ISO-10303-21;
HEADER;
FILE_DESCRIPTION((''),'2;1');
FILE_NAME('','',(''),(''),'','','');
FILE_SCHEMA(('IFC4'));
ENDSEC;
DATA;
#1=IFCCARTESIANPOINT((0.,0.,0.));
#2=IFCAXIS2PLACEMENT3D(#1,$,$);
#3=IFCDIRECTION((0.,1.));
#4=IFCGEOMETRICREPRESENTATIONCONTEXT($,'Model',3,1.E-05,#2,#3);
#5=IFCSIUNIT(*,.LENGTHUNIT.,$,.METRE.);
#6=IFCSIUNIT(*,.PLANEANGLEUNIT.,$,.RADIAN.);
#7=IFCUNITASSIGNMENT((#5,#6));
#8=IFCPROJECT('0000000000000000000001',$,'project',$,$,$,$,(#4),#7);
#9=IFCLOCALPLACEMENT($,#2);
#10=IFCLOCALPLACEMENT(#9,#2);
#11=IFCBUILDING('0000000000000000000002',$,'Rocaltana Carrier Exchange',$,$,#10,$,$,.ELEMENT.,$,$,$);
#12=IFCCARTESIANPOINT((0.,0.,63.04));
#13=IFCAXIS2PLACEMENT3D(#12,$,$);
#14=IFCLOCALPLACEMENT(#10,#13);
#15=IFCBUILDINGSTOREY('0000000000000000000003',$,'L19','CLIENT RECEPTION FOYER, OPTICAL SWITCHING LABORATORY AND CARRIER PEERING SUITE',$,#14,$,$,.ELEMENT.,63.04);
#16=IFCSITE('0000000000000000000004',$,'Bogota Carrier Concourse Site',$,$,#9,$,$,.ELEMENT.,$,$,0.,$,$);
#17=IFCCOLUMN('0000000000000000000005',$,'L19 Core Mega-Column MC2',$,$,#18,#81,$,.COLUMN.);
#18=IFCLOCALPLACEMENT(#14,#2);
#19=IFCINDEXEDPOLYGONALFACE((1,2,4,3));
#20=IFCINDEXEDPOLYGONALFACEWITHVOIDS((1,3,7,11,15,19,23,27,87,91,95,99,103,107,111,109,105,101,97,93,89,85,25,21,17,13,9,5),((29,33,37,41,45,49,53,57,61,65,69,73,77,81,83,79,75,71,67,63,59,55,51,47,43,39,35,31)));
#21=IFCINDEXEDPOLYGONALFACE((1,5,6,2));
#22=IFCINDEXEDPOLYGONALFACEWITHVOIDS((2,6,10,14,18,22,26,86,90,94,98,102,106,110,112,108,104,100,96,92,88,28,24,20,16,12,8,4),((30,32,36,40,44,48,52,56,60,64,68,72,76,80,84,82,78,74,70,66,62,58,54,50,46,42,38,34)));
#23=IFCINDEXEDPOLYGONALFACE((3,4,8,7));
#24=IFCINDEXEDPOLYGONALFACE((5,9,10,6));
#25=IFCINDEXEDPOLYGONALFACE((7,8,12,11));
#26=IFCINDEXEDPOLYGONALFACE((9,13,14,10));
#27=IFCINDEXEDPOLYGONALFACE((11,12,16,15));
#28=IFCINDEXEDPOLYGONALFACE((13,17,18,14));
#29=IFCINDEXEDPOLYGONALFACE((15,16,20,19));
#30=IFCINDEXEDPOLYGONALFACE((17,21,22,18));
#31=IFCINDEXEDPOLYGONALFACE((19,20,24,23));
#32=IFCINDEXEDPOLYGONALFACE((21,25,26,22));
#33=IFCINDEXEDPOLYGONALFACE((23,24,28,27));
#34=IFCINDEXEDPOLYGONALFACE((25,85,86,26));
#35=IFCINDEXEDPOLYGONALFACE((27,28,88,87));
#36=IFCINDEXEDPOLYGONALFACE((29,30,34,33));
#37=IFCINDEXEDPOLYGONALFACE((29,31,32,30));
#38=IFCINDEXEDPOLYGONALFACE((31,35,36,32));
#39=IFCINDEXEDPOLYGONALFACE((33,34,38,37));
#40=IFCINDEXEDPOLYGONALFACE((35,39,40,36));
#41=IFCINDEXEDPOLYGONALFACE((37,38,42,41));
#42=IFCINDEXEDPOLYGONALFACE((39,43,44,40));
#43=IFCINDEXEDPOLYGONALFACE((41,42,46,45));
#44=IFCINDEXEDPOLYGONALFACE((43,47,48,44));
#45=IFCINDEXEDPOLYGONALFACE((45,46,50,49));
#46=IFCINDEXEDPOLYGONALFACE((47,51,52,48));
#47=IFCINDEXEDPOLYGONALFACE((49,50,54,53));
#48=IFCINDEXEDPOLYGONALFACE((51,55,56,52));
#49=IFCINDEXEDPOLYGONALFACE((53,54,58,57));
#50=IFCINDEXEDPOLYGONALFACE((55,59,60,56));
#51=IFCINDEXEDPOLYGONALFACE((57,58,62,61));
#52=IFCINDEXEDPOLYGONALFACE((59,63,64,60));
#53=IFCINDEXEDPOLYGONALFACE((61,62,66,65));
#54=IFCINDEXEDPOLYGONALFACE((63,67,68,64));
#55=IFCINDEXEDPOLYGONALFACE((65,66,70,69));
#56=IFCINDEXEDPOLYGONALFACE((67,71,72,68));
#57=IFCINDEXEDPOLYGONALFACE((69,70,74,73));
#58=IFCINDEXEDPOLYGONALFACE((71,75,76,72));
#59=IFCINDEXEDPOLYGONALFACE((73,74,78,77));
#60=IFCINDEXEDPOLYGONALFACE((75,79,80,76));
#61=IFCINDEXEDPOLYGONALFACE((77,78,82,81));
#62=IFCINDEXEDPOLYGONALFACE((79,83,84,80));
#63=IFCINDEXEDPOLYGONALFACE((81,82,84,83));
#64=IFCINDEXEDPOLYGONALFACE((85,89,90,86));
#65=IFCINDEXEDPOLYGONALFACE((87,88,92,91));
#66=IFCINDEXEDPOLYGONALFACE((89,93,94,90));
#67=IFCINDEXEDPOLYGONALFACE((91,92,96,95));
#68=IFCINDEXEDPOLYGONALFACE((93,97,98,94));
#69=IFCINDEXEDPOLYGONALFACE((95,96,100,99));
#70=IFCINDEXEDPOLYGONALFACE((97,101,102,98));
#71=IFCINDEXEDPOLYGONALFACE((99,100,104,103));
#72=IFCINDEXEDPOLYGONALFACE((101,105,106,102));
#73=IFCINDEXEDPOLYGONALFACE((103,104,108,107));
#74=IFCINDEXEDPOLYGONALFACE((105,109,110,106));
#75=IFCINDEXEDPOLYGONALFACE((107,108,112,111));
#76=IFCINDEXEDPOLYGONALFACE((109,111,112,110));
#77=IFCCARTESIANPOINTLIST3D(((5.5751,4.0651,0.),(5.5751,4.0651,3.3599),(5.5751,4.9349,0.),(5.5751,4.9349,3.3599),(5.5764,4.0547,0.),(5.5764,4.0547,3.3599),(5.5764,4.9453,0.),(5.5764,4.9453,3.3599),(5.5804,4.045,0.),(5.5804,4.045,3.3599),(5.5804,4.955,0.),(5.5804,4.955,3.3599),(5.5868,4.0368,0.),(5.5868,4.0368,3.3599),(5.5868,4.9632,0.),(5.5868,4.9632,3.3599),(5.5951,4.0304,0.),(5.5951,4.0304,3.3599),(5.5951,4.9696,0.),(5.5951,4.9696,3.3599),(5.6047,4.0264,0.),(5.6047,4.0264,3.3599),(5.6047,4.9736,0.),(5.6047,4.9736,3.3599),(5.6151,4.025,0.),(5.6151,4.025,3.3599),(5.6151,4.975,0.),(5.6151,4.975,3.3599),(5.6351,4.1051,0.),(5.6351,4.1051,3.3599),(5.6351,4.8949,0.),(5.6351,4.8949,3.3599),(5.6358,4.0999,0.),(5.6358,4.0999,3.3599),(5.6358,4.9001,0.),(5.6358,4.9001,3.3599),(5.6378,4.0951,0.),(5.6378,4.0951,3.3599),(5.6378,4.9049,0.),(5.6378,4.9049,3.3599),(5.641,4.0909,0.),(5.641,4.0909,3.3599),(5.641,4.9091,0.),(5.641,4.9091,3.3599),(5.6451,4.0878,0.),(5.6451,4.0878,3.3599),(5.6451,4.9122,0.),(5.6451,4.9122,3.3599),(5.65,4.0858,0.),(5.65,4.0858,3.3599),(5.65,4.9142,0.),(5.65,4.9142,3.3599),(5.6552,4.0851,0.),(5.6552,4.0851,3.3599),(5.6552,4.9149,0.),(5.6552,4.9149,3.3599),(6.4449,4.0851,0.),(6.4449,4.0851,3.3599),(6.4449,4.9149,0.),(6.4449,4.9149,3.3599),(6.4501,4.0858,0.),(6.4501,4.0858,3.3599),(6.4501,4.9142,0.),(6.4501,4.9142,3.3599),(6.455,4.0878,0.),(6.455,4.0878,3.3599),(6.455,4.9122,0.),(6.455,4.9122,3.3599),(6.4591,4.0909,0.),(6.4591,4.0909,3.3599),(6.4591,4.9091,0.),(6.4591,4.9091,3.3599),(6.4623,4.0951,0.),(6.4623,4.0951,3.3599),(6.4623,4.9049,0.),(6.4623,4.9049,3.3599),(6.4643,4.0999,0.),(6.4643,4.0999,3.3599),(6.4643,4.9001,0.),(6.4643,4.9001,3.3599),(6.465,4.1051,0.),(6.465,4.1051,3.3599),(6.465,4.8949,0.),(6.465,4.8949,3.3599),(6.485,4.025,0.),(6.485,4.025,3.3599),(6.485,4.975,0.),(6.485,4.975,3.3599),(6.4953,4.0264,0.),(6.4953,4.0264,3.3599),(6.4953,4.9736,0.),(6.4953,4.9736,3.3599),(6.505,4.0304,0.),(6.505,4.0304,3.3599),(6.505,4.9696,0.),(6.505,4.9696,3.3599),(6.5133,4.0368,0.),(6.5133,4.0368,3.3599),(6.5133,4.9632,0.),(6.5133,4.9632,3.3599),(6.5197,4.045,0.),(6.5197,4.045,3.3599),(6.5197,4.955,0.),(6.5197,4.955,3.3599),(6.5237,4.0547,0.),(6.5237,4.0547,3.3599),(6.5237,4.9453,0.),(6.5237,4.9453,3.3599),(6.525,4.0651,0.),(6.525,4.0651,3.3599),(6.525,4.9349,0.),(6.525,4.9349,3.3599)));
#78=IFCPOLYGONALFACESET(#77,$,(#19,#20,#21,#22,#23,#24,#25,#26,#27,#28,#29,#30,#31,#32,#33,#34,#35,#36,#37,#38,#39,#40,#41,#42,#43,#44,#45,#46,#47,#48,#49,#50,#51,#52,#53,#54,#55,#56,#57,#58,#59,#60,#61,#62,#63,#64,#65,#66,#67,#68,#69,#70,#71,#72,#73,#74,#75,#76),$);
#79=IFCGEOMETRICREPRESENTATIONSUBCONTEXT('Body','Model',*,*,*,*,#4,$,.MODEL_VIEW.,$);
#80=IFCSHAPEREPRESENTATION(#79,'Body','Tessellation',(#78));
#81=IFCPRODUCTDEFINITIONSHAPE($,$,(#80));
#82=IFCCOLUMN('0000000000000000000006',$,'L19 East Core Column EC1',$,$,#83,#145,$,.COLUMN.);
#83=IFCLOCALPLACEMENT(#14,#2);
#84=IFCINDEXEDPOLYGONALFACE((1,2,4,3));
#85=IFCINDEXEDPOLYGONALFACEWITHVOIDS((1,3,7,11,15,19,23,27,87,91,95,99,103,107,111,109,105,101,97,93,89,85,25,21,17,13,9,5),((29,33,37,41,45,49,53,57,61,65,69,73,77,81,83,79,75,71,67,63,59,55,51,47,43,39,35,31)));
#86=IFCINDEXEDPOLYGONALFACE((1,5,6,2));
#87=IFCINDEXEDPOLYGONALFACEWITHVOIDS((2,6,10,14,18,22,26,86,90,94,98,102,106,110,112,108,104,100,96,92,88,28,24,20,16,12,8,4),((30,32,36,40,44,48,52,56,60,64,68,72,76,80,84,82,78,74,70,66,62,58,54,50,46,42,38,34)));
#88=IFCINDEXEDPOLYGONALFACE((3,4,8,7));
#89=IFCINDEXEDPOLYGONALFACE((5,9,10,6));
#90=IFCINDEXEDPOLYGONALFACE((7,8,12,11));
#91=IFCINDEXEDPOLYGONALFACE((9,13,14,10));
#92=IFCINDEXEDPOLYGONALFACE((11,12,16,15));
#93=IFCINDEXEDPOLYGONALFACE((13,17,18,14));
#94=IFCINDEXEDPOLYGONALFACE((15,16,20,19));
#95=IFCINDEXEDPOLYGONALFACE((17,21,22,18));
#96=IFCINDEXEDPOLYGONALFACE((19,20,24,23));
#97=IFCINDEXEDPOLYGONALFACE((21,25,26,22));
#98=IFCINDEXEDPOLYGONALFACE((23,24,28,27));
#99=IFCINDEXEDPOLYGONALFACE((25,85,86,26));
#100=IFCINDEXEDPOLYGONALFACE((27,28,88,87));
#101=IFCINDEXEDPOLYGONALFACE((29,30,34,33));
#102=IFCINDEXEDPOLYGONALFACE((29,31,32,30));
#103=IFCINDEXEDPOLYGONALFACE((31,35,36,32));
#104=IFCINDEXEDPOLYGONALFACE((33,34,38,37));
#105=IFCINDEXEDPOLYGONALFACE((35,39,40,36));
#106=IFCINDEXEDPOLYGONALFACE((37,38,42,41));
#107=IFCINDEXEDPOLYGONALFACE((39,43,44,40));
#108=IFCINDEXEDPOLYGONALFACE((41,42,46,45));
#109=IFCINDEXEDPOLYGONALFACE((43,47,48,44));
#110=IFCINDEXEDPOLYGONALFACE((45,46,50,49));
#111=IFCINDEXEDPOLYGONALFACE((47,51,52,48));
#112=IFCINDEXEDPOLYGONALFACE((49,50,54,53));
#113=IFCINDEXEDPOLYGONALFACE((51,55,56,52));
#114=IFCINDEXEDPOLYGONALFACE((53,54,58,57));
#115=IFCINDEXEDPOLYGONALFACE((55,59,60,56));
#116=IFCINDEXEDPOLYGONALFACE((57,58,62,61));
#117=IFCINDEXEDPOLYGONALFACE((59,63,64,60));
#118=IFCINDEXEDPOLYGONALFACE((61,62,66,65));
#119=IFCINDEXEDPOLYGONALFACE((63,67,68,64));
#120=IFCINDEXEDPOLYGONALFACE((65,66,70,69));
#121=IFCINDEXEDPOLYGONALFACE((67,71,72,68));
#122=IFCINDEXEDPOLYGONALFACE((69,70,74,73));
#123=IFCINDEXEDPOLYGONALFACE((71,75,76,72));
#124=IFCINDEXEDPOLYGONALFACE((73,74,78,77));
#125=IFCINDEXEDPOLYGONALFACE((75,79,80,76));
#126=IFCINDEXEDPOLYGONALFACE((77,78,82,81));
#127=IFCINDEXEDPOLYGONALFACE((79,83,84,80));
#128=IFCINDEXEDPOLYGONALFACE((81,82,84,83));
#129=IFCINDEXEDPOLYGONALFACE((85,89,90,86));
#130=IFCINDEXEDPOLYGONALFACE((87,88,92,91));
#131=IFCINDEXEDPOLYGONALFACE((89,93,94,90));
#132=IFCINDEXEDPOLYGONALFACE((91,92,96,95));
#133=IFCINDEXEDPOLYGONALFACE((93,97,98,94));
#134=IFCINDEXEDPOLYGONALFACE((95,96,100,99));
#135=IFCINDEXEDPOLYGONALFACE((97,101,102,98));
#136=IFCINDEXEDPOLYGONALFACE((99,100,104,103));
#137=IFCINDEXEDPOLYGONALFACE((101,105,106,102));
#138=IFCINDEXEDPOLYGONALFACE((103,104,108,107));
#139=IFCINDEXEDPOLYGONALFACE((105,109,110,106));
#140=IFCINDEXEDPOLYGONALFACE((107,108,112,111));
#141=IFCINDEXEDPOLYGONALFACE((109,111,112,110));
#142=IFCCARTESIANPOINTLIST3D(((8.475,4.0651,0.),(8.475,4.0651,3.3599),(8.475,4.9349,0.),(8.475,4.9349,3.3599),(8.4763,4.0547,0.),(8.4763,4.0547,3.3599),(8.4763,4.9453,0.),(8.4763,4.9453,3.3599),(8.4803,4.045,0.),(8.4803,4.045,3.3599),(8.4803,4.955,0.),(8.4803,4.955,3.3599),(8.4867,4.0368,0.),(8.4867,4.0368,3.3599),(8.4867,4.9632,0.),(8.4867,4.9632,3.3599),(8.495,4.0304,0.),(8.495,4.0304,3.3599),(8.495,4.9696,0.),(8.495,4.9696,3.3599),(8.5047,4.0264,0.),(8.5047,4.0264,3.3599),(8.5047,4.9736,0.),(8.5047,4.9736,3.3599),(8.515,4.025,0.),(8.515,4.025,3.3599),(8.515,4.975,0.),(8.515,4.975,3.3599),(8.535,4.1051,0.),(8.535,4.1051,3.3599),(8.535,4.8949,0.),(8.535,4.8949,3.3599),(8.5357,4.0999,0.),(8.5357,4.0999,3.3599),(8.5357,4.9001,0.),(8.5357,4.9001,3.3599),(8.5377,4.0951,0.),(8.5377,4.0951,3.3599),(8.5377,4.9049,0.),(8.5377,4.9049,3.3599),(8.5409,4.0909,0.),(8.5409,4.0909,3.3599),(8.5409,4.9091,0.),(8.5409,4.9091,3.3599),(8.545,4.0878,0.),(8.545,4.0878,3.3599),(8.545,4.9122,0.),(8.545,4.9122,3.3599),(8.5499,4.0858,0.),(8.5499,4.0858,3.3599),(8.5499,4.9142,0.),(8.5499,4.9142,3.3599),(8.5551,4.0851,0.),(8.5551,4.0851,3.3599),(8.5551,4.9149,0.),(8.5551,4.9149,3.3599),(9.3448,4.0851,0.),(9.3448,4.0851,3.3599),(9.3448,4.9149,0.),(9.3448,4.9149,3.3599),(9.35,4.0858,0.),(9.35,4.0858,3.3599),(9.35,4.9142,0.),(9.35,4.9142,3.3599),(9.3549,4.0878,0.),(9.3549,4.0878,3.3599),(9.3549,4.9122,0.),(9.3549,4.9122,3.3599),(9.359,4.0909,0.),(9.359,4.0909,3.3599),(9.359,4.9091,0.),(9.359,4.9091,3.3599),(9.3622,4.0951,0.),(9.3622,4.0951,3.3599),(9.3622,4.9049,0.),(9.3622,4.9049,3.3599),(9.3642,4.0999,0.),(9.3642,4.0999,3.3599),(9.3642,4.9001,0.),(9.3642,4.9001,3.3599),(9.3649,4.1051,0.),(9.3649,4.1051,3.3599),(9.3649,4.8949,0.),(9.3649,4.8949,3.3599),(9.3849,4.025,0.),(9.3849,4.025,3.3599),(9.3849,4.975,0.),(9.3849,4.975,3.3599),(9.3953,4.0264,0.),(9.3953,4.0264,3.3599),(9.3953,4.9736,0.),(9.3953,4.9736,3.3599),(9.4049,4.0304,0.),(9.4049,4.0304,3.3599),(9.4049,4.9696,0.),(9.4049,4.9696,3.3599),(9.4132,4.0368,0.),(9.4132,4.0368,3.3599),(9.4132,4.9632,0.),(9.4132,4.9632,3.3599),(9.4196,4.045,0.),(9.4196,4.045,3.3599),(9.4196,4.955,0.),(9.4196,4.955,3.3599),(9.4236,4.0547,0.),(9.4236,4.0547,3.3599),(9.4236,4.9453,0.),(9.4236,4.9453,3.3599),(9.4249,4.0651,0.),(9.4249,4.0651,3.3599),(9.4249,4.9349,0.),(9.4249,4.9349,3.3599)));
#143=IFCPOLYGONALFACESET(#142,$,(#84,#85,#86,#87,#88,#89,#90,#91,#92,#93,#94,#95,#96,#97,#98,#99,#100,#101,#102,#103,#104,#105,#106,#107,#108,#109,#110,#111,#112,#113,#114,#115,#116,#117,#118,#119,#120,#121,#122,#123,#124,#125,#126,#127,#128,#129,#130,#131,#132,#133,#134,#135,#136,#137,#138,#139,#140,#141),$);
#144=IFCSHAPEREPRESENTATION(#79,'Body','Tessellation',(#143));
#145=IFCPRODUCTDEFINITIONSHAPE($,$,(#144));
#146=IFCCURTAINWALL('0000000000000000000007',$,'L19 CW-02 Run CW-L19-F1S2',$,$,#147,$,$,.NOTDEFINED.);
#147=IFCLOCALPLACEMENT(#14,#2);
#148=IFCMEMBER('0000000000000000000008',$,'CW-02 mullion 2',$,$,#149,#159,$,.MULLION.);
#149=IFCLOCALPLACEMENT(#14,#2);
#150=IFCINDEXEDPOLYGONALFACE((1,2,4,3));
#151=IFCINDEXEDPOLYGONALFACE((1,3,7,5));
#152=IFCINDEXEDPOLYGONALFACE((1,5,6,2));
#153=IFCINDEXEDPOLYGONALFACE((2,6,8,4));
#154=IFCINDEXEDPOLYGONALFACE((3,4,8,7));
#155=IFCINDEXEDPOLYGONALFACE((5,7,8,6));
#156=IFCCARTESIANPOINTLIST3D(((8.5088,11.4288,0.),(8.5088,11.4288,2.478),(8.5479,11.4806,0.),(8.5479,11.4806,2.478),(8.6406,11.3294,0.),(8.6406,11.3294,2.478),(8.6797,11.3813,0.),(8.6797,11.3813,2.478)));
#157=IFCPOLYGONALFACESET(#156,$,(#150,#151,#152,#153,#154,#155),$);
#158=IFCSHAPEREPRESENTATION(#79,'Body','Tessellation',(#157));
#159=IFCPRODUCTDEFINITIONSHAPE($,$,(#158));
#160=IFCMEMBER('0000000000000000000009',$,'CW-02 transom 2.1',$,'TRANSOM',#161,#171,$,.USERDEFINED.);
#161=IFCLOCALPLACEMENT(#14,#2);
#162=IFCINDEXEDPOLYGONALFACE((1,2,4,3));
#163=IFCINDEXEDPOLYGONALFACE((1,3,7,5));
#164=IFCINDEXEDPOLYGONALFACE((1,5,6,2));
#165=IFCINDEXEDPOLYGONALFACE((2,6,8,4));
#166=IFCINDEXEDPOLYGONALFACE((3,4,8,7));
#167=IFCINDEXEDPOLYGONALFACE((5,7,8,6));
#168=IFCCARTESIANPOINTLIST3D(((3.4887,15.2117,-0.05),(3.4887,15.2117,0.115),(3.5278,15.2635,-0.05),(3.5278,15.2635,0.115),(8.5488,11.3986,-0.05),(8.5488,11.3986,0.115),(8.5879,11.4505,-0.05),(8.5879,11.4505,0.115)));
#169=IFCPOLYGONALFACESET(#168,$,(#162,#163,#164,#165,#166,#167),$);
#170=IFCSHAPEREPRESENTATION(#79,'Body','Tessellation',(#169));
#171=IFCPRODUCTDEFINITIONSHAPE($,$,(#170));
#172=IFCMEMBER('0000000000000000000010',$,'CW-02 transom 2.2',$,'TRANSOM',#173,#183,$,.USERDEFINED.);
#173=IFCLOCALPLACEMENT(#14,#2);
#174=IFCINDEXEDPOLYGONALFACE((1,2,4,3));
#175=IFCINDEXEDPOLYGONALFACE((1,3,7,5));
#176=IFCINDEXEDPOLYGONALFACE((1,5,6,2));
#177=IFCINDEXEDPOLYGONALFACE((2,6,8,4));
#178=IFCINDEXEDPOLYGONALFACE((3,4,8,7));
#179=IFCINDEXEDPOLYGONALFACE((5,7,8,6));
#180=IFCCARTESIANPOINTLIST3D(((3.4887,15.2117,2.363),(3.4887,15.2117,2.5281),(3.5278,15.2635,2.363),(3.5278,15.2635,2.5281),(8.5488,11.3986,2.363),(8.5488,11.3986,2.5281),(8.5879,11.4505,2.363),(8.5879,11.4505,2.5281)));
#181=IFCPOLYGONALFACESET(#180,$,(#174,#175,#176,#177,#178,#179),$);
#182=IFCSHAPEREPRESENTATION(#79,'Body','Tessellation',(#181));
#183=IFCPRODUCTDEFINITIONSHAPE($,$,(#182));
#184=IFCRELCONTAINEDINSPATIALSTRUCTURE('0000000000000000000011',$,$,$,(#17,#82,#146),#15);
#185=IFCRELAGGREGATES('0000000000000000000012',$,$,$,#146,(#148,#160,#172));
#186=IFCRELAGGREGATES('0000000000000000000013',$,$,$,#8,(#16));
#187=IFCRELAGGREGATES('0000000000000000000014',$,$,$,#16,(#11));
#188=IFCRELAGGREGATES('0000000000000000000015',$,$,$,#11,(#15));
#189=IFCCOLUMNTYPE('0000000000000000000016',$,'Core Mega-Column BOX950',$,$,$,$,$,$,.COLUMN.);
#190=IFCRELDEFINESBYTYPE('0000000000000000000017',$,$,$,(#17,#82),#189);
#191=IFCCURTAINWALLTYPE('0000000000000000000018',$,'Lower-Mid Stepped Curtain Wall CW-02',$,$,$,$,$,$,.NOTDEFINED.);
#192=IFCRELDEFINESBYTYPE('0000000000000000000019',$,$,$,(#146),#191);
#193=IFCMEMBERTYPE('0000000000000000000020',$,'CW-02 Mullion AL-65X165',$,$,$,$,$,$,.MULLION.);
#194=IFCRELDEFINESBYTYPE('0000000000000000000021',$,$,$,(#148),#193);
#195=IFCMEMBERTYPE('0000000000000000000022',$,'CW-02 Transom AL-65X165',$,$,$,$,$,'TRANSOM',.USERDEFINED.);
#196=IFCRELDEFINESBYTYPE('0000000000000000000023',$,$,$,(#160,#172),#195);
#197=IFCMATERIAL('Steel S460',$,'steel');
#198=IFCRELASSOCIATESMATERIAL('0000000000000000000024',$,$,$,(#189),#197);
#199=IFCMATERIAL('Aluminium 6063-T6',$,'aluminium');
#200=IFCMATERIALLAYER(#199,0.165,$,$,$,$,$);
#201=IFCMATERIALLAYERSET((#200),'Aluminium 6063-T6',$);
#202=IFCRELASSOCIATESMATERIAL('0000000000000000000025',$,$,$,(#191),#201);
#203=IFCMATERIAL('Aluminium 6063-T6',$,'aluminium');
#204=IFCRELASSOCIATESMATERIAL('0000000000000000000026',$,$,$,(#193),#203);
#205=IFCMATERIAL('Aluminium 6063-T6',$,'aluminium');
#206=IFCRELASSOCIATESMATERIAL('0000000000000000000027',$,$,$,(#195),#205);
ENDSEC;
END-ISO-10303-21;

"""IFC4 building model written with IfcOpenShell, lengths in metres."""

from ifc_helpers import new_model, si_unit, direction, frame, origin, origin_2d, place, context, subcontext, project, spatial, rectangle, hollow_rectangle, extrude, material, layer, layer_set, material_profile, profile_set, type_object, element, aggregate, save


model = new_model("IFC4")

# Units and contexts
model_context = context("Model", 3, precision=1e-05, world=origin(), true_north=direction((0.0, 1.0)))
body_context = subcontext(model_context, "Body", "Model", "MODEL_VIEW")
ifc_project = project(units=[si_unit("LENGTHUNIT", "METRE"), si_unit("PLANEANGLEUNIT", "RADIAN")], contexts=[model_context])

# Site, building, storey
site_placement = place(None, origin())
site = spatial("IfcSite", under=ifc_project, at=site_placement, Name="Bogota Carrier Concourse Site", CompositionType="ELEMENT", RefElevation=0.0)
building_placement = place(site_placement, origin())
building = spatial("IfcBuilding", under=site, at=building_placement, Name="Rocaltana Carrier Exchange", CompositionType="ELEMENT")
storey_placement = place(building_placement, frame((0.0, 0.0, 63.04)))
storey = spatial("IfcBuildingStorey", under=building, at=storey_placement, Name="L19", Description="CLIENT RECEPTION FOYER, OPTICAL SWITCHING LABORATORY AND CARRIER PEERING SUITE", CompositionType="ELEMENT", Elevation=63.04)

# Columns
ifc_material_1 = material(Name="Steel S460", Category="steel")
ifc_material_profile_1 = material_profile(ifc_material_1, hollow_rectangle(XDim=0.95, YDim=0.95, WallThickness=0.0601, InnerFilletRadius=0.02, OuterFilletRadius=0.04, at=origin_2d()), Name="BOX950X950X60")
ifc_profile_set_1 = profile_set([ifc_material_profile_1], Name="Steel S460")
column_type = type_object("IfcColumnType", Name="Core Mega-Column BOX950", PredefinedType="COLUMN", material=ifc_profile_set_1)
for number, where, z_axis, x_axis, name in (
    (1, (6.05, 4.5, 0.0), (0.0, 0.0, 1.0), (1.0, 0.0, 0.0), "L19 Core Mega-Column MC2"),
    (2, (8.95, 4.5, 0.0), (0.0, 0.0, 1.0), (1.0, 0.0, 0.0), "L19 East Core Column EC1"),
):
    element("IfcColumn", number, at=place(storey_placement, frame(where, z_axis=z_axis, x_axis=x_axis)), inside=storey, type_object=column_type, Name=name, PredefinedType="COLUMN", context=body_context, shape_type="SweptSolid", body=[
        extrude(hollow_rectangle(XDim=0.95, YDim=0.95, WallThickness=0.0601, InnerFilletRadius=0.02, OuterFilletRadius=0.04, at=origin_2d()), origin(), (0.0, 0.0, 1.0), 3.3599),
    ])

# Curtain wall, members
ifc_material_2 = material(Name="Aluminium 6063-T6", Category="aluminium")
ifc_layer_1 = layer(ifc_material_2, 0.165)
ifc_layer_set_1 = layer_set([ifc_layer_1], Name="Aluminium 6063-T6")
curtain_wall_type = type_object("IfcCurtainWallType", Name="Lower-Mid Stepped Curtain Wall CW-02", PredefinedType="NOTDEFINED", material=ifc_layer_set_1)
curtain_wall_placement = place(storey_placement, origin())
curtain_wall = element("IfcCurtainWall", 3, at=curtain_wall_placement, inside=storey, type_object=curtain_wall_type, Name="L19 CW-02 Run CW-L19-F1S2", PredefinedType="NOTDEFINED")
ifc_material_3 = material(Name="Aluminium 6063-T6", Category="aluminium")
ifc_material_profile_2 = material_profile(ifc_material_3, rectangle(XDim=0.0649, YDim=0.165, at=origin_2d()), Name="AL-65X165")
ifc_profile_set_2 = profile_set([ifc_material_profile_2], Name="Aluminium 6063-T6")
member_type_1 = type_object("IfcMemberType", Name="CW-02 Mullion AL-65X165", PredefinedType="MULLION", material=ifc_profile_set_2)
member_1_placement = place(storey_placement, frame((8.5942, 11.405, 0.0), z_axis=(0.0, 0.0, 1.0), x_axis=(-0.601815, -0.798635, 0.0)))
member_1 = element("IfcMember", 4, at=member_1_placement, type_object=member_type_1, Name="CW-02 mullion 2", PredefinedType="MULLION", context=body_context, shape_type="SweptSolid", body=[
    extrude(rectangle(XDim=0.0649, YDim=0.165, at=origin_2d()), origin(), (0.0, 0.0, 1.0), 2.478),
])
ifc_material_4 = material(Name="Aluminium 6063-T6", Category="aluminium")
ifc_material_profile_3 = material_profile(ifc_material_4, rectangle(XDim=0.0649, YDim=0.165, at=origin_2d()), Name="AL-65X165")
ifc_profile_set_3 = profile_set([ifc_material_profile_3], Name="Aluminium 6063-T6")
member_type_2 = type_object("IfcMemberType", Name="CW-02 Transom AL-65X165", ElementType="TRANSOM", PredefinedType="USERDEFINED", material=ifc_profile_set_3)
member_2_placement = place(storey_placement, frame((8.5684, 11.4246, 0.0325), z_axis=(-0.798638, 0.601811, 0.0), x_axis=(-0.601811, -0.798638, 0.0)))
member_2 = element("IfcMember", 5, at=member_2_placement, type_object=member_type_2, Name="CW-02 transom 2.1", ObjectType="TRANSOM", PredefinedType="USERDEFINED", context=body_context, shape_type="SweptSolid", body=[
    extrude(rectangle(XDim=0.0649, YDim=0.165, at=origin_2d()), origin(), (0.0, 0.0, 1.0), 6.3359),
])
member_3_placement = place(storey_placement, frame((8.5684, 11.4246, 2.4456), z_axis=(-0.798638, 0.601811, 0.0), x_axis=(-0.601811, -0.798638, 0.0)))
member_3 = element("IfcMember", 6, at=member_3_placement, type_object=member_type_2, Name="CW-02 transom 2.2", ObjectType="TRANSOM", PredefinedType="USERDEFINED", context=body_context, shape_type="SweptSolid", body=[
    extrude(rectangle(XDim=0.0649, YDim=0.165, at=origin_2d()), origin(), (0.0, 0.0, 1.0), 6.3359),
])

aggregate(curtain_wall, [member_1, member_2, member_3])

save(model, "model.ifc")
